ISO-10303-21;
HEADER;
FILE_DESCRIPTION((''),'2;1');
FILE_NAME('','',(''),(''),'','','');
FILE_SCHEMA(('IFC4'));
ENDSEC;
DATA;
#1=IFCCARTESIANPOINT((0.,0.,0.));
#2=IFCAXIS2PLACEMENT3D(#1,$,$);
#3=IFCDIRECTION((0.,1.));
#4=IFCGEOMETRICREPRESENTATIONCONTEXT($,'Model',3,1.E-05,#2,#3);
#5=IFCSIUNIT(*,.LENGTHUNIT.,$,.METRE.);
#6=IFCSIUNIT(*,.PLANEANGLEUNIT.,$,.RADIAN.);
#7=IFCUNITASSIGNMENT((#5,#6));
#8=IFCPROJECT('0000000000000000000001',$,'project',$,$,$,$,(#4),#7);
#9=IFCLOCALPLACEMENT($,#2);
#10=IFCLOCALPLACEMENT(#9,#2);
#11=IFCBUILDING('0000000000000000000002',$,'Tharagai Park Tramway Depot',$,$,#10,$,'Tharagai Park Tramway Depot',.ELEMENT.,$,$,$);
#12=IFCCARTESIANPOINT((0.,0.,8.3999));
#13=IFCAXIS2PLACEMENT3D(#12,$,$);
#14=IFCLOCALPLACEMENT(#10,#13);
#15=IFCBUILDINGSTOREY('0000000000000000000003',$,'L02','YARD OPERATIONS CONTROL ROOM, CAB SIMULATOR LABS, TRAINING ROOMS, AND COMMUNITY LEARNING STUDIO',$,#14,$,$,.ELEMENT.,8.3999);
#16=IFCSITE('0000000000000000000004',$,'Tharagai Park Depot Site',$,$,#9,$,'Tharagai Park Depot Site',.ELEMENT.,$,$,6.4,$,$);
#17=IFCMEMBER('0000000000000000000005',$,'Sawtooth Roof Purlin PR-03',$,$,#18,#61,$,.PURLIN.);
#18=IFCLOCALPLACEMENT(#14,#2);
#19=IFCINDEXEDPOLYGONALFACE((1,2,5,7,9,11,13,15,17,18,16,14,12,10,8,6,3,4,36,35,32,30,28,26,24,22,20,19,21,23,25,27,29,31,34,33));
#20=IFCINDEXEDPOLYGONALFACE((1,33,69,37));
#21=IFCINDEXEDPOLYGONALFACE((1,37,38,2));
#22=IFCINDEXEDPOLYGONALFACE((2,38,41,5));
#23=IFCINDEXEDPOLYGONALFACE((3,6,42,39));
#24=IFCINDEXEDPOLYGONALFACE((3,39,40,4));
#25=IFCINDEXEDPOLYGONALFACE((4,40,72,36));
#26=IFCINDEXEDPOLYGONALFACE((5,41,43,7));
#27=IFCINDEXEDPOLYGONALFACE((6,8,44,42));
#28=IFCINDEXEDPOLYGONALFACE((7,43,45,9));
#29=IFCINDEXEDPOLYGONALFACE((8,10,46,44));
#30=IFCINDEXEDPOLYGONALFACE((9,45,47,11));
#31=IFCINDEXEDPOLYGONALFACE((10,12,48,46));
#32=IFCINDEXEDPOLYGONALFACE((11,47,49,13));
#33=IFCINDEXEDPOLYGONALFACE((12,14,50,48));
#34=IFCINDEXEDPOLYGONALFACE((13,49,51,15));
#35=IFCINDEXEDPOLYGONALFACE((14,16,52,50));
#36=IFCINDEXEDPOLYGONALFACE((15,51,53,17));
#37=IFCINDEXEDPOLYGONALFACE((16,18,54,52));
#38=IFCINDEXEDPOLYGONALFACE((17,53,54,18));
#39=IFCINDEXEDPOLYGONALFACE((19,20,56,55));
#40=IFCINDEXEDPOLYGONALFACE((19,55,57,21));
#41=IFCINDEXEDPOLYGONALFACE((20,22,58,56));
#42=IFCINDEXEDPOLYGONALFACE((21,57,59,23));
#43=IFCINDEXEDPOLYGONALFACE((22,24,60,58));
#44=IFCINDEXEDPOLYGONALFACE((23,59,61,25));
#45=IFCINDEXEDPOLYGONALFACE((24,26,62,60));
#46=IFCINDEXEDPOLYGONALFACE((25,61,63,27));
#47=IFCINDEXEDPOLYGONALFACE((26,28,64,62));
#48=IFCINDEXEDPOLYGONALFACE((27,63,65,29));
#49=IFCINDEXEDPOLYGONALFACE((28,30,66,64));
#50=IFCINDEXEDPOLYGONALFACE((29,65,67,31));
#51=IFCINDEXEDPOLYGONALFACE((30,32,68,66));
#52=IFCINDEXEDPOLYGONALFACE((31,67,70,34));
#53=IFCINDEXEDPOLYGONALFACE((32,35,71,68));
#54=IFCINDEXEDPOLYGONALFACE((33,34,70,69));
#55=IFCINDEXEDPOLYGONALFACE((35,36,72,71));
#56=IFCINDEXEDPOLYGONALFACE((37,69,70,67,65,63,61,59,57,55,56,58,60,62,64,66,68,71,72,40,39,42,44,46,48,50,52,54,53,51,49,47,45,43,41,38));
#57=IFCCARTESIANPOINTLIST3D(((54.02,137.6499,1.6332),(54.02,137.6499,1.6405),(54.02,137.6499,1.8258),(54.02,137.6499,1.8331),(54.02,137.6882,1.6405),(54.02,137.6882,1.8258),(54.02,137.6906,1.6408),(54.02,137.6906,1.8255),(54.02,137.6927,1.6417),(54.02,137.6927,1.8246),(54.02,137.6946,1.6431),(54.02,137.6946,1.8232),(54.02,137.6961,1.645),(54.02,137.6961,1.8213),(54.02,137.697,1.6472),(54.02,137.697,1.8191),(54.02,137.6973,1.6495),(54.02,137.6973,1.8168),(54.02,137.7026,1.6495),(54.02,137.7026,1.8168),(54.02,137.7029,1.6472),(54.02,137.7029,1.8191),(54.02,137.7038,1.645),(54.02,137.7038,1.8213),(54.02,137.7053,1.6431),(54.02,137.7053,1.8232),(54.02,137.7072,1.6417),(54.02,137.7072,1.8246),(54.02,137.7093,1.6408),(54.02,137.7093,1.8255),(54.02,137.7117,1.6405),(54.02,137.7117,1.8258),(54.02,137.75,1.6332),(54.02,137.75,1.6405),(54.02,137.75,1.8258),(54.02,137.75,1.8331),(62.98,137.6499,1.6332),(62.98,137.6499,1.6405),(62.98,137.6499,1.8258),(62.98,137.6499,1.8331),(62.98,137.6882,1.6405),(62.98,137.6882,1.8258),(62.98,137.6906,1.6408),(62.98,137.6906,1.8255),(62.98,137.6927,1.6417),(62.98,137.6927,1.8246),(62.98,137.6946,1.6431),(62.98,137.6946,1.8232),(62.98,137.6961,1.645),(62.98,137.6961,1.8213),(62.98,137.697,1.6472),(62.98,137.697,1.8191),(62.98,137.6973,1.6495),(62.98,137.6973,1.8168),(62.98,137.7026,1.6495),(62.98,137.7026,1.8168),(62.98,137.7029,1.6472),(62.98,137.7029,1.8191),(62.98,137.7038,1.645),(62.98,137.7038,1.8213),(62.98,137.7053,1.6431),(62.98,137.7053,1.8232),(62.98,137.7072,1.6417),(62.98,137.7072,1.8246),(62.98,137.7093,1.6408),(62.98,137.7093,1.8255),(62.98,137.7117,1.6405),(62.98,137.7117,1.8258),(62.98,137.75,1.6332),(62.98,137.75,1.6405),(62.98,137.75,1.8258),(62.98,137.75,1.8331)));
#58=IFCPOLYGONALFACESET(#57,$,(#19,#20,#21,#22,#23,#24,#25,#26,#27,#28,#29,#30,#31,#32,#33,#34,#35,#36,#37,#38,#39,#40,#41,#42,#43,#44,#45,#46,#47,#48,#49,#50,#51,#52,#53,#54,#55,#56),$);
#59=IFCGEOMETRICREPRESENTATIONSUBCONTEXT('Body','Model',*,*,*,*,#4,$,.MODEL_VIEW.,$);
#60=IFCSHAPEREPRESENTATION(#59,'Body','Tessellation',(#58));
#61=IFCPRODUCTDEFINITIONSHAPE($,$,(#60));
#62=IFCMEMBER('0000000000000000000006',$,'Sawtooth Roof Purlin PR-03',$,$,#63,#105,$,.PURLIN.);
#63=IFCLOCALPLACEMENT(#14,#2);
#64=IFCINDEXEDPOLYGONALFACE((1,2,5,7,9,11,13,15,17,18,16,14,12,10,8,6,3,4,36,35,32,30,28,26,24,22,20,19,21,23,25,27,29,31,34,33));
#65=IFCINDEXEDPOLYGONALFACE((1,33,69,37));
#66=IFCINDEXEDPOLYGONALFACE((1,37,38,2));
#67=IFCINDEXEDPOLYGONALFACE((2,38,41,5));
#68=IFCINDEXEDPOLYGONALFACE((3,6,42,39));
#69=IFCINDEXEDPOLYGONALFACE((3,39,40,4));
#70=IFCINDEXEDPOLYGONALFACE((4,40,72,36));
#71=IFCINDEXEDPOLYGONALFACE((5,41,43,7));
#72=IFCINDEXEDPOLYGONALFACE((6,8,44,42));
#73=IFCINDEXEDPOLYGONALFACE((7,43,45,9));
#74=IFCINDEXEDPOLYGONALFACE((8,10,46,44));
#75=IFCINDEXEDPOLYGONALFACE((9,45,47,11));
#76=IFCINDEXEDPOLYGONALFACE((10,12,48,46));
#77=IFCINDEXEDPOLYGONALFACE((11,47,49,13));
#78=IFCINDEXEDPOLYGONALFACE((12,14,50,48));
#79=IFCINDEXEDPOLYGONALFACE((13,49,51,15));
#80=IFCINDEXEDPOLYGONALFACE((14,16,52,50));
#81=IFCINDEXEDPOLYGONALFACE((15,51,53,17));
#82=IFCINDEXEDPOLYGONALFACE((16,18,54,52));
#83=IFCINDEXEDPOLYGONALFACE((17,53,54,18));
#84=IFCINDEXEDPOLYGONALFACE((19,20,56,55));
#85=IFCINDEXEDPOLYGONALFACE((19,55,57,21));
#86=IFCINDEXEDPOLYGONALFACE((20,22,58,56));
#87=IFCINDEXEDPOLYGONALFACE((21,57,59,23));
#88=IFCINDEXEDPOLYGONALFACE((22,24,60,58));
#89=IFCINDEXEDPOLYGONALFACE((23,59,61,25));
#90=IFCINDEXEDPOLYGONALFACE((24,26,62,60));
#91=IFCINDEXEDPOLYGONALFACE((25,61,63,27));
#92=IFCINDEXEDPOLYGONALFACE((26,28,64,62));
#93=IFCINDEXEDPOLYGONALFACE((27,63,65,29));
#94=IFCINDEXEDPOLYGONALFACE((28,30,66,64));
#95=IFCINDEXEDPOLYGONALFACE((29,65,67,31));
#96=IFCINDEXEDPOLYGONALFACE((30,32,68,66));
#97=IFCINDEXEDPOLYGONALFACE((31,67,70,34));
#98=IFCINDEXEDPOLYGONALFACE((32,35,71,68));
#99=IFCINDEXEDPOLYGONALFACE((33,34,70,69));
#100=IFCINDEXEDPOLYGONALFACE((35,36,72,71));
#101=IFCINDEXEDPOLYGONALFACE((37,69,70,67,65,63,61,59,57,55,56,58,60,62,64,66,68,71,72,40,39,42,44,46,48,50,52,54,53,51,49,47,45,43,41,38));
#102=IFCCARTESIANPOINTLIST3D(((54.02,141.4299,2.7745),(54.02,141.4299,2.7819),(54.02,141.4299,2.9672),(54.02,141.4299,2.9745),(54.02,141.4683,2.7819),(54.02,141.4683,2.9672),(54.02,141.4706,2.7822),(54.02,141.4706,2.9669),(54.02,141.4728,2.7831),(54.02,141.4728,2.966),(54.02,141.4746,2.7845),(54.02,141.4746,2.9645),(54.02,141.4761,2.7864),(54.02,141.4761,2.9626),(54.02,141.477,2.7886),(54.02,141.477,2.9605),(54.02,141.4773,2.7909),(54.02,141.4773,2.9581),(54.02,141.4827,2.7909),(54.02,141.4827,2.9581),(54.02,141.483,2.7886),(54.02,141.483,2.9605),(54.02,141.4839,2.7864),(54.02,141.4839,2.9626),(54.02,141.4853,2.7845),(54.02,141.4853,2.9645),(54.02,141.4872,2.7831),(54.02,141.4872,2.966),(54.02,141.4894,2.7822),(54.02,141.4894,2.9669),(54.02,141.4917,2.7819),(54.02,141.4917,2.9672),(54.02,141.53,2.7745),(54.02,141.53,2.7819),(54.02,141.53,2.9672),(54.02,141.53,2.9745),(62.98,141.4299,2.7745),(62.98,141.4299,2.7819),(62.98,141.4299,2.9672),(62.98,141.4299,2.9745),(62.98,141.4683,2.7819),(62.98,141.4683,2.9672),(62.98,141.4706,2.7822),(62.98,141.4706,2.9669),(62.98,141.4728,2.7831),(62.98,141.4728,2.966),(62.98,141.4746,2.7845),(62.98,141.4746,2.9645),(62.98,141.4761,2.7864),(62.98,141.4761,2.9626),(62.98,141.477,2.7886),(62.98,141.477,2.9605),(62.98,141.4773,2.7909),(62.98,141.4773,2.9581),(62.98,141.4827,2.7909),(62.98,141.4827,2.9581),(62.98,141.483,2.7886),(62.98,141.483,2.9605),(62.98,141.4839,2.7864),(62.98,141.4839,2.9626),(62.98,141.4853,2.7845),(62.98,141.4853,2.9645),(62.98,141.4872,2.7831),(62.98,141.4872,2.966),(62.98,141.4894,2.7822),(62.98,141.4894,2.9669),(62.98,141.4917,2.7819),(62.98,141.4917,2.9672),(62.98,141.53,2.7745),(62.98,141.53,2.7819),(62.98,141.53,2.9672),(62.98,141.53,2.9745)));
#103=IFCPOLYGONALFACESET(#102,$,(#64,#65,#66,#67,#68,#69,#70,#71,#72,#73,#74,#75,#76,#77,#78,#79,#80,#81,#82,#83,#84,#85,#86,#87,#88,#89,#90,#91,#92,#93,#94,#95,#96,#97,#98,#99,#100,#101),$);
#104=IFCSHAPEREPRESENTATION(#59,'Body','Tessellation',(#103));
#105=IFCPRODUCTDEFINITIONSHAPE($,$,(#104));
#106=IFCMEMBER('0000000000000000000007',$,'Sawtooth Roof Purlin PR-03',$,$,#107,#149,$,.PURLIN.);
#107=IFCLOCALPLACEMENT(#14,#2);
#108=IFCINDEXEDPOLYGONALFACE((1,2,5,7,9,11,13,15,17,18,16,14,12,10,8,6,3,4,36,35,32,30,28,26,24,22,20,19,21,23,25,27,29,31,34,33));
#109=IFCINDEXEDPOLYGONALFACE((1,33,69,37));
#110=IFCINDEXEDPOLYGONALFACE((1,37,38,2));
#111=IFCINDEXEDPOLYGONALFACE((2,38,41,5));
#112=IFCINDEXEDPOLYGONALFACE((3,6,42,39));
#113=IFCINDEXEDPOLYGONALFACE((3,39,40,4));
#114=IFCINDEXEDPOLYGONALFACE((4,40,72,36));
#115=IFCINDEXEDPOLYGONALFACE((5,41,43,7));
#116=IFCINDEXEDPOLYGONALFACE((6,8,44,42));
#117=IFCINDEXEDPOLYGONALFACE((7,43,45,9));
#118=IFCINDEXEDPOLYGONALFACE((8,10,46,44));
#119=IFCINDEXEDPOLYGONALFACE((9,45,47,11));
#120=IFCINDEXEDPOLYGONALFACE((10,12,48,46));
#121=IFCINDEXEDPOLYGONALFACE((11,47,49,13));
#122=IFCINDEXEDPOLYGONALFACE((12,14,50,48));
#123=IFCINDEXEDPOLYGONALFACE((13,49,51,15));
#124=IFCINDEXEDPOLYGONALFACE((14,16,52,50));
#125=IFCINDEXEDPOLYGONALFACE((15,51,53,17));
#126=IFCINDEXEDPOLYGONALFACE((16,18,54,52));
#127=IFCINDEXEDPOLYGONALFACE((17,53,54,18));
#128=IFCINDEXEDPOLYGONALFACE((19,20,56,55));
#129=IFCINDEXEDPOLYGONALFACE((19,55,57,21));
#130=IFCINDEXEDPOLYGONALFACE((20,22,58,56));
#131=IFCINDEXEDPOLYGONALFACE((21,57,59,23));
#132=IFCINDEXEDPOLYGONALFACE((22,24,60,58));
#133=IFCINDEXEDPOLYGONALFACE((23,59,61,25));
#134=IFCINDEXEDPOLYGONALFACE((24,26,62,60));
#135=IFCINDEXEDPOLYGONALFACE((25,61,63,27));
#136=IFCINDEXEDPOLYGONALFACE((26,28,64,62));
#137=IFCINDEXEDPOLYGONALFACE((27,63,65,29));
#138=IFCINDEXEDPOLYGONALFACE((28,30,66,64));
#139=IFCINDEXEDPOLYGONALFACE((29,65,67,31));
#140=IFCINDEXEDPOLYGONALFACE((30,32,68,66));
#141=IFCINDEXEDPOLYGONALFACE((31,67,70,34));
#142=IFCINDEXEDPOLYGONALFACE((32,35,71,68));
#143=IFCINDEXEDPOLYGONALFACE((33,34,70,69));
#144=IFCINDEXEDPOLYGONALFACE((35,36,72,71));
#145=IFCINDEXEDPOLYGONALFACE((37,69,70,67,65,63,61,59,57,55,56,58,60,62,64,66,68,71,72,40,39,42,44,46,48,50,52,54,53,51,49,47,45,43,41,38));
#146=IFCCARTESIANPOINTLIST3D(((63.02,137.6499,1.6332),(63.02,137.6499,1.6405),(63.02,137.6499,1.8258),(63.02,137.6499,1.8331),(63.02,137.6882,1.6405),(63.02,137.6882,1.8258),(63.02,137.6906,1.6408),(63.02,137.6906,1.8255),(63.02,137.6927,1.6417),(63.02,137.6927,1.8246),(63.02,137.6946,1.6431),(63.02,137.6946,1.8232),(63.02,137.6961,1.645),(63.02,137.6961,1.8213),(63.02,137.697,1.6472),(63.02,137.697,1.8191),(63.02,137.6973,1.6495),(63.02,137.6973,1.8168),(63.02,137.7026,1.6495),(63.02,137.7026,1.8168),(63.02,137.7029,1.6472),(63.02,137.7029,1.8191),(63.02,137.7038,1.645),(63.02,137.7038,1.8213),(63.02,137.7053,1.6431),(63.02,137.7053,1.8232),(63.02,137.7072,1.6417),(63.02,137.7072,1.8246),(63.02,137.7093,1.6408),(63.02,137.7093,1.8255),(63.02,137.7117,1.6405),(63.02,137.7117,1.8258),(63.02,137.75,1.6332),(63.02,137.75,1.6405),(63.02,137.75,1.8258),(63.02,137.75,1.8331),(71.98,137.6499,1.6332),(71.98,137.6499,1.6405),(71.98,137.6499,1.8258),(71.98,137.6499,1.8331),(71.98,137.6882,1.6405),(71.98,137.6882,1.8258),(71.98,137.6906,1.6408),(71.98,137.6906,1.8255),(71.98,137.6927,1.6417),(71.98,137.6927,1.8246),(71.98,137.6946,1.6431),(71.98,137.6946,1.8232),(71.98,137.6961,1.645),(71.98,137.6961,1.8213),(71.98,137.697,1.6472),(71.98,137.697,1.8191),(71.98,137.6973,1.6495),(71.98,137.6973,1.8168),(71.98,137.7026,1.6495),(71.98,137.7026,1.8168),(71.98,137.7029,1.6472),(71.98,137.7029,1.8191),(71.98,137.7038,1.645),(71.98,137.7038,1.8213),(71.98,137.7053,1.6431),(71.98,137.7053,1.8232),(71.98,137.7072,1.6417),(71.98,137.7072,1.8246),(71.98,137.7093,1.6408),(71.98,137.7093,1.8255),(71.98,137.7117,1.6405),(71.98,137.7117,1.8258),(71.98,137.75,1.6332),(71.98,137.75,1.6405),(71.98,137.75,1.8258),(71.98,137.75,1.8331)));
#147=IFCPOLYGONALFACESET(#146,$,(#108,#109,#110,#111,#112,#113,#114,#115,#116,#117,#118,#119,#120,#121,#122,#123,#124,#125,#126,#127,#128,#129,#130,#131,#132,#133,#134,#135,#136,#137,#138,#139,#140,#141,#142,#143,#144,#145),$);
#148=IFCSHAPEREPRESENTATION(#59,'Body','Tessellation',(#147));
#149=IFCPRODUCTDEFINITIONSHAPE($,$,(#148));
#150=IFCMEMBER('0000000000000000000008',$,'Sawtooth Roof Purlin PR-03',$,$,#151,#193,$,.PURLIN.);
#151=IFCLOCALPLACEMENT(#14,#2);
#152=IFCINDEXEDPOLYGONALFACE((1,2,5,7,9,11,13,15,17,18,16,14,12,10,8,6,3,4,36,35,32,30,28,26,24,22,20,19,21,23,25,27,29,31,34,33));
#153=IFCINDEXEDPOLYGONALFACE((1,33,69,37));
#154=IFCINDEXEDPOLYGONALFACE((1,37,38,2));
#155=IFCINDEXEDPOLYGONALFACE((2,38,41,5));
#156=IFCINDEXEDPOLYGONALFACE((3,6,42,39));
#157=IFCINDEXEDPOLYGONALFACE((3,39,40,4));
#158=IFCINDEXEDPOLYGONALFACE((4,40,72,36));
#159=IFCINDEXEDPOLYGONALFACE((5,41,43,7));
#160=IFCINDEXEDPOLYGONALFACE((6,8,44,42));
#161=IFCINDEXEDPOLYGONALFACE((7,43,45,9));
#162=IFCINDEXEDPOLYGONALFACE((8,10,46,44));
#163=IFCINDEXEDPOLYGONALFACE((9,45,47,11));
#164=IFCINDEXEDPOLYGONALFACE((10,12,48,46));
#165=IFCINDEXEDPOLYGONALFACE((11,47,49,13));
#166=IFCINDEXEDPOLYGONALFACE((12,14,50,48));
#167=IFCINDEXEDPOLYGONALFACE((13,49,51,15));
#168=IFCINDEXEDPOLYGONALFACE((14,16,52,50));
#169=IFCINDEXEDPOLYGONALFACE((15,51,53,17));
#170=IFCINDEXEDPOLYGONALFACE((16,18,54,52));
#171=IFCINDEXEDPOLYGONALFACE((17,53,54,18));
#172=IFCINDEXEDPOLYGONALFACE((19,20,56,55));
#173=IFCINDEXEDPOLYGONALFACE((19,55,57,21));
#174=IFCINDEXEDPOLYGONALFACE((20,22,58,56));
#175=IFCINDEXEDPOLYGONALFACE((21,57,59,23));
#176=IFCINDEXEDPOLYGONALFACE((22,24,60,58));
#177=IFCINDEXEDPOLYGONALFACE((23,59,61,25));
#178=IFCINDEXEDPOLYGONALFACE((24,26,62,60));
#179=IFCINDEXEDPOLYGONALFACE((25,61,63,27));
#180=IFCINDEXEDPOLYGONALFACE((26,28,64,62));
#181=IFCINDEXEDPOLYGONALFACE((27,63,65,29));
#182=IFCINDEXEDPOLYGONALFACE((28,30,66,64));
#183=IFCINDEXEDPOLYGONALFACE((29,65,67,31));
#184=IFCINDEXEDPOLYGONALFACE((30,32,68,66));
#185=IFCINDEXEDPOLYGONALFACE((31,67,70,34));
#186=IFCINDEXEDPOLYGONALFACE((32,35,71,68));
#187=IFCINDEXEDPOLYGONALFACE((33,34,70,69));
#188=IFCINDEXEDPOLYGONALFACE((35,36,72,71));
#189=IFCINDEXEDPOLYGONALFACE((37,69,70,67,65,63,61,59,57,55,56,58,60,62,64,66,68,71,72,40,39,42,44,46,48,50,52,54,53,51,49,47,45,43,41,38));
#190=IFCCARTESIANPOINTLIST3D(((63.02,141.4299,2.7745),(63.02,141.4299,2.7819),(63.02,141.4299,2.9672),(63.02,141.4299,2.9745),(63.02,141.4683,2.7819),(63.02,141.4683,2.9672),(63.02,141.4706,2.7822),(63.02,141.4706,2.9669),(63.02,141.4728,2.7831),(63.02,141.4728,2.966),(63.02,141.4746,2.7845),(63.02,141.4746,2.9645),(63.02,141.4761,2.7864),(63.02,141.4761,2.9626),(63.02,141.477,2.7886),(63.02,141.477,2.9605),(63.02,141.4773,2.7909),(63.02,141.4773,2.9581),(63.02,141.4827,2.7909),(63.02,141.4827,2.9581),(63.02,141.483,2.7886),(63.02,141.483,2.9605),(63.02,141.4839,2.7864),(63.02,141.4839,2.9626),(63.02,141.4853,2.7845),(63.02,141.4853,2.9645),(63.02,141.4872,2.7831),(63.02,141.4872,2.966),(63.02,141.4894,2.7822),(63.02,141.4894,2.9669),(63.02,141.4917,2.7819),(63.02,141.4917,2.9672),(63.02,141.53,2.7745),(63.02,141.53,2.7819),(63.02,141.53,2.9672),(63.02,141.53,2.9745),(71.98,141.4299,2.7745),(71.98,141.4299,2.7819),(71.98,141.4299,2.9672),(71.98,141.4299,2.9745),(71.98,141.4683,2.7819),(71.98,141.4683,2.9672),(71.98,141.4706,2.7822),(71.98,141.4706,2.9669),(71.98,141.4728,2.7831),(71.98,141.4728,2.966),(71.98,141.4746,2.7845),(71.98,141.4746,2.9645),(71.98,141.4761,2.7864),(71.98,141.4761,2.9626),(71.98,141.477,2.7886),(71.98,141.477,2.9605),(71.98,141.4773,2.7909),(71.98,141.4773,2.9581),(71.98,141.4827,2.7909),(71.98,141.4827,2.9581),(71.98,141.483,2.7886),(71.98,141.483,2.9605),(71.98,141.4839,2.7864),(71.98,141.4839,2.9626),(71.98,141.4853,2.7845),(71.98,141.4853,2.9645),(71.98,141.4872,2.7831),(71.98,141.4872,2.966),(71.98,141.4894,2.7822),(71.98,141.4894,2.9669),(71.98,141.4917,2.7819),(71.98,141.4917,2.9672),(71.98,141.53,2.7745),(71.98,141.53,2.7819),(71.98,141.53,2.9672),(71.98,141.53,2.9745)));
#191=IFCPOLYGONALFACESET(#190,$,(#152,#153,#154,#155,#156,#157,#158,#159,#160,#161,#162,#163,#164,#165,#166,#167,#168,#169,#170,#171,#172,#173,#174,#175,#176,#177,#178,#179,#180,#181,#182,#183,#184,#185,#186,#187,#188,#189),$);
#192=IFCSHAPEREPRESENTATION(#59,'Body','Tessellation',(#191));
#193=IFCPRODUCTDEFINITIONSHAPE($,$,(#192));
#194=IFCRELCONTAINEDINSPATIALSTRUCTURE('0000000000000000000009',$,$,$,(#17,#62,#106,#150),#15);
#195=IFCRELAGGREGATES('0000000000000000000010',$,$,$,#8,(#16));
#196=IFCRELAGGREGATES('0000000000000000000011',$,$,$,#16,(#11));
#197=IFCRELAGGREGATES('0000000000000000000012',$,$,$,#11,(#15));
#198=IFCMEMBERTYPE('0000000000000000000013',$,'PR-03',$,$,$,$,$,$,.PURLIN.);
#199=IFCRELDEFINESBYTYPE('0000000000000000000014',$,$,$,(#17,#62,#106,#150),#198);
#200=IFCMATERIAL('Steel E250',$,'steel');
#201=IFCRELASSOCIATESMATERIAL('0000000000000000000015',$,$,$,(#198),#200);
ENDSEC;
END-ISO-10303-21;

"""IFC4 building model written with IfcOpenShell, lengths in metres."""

from ifc_helpers import new_model, si_unit, direction, frame, origin, origin_2d, place, context, subcontext, project, spatial, i_section, extrude, material, material_profile, profile_set, type_object, element, save


model = new_model("IFC4")

# Units and contexts
model_context = context("Model", 3, precision=1e-05, world=origin(), true_north=direction((0.0, 1.0)))
body_context = subcontext(model_context, "Body", "Model", "MODEL_VIEW")
ifc_project = project(units=[si_unit("LENGTHUNIT", "METRE"), si_unit("PLANEANGLEUNIT", "RADIAN")], contexts=[model_context])

# Site, building, storey
site_placement = place(None, origin())
site = spatial("IfcSite", under=ifc_project, at=site_placement, Name="Tharagai Park Depot Site", LongName="Tharagai Park Depot Site", CompositionType="ELEMENT", RefElevation=6.4)
building_placement = place(site_placement, origin())
building = spatial("IfcBuilding", under=site, at=building_placement, Name="Tharagai Park Tramway Depot", LongName="Tharagai Park Tramway Depot", CompositionType="ELEMENT")
storey_placement = place(building_placement, frame((0.0, 0.0, 8.3999)))
storey = spatial("IfcBuildingStorey", under=building, at=storey_placement, Name="L02", Description="YARD OPERATIONS CONTROL ROOM, CAB SIMULATOR LABS, TRAINING ROOMS, AND COMMUNITY LEARNING STUDIO", CompositionType="ELEMENT", Elevation=8.3999)

# Members
ifc_material_1 = material(Name="Steel E250", Category="steel")
ifc_material_profile_1 = material_profile(ifc_material_1, i_section(OverallWidth=0.1001, OverallDepth=0.2, WebThickness=0.0054, FlangeThickness=0.0073, FilletRadius=0.009, at=origin_2d()), Name="ISLB 200")
ifc_profile_set_1 = profile_set([ifc_material_profile_1], Name="Steel E250")
member_type_1 = type_object("IfcMemberType", Name="PR-03", PredefinedType="PURLIN", material=ifc_profile_set_1)
for number, where, z_axis, x_axis, name in (
    (1, (54.02, 137.7, 1.7332), (1.0, 0.0, 0.0), (0.0, 1.0, 0.0), "Sawtooth Roof Purlin PR-03"),
    (2, (54.02, 141.48, 2.8745), (1.0, 0.0, 0.0), (0.0, 1.0, 0.0), "Sawtooth Roof Purlin PR-03"),
    (3, (63.02, 137.7, 1.7332), (1.0, 0.0, 0.0), (0.0, 1.0, 0.0), "Sawtooth Roof Purlin PR-03"),
    (4, (63.02, 141.48, 2.8745), (1.0, 0.0, 0.0), (0.0, 1.0, 0.0), "Sawtooth Roof Purlin PR-03"),
):
    element("IfcMember", number, at=place(storey_placement, frame(where, z_axis=z_axis, x_axis=x_axis)), inside=storey, type_object=member_type_1, Name=name, PredefinedType="PURLIN", context=body_context, shape_type="SweptSolid", body=[
        extrude(i_section(OverallWidth=0.1001, OverallDepth=0.2, WebThickness=0.0054, FlangeThickness=0.0073, FilletRadius=0.009, at=origin_2d()), origin(), (0.0, 0.0, 1.0), 8.96),
    ])

save(model, "model.ifc")
